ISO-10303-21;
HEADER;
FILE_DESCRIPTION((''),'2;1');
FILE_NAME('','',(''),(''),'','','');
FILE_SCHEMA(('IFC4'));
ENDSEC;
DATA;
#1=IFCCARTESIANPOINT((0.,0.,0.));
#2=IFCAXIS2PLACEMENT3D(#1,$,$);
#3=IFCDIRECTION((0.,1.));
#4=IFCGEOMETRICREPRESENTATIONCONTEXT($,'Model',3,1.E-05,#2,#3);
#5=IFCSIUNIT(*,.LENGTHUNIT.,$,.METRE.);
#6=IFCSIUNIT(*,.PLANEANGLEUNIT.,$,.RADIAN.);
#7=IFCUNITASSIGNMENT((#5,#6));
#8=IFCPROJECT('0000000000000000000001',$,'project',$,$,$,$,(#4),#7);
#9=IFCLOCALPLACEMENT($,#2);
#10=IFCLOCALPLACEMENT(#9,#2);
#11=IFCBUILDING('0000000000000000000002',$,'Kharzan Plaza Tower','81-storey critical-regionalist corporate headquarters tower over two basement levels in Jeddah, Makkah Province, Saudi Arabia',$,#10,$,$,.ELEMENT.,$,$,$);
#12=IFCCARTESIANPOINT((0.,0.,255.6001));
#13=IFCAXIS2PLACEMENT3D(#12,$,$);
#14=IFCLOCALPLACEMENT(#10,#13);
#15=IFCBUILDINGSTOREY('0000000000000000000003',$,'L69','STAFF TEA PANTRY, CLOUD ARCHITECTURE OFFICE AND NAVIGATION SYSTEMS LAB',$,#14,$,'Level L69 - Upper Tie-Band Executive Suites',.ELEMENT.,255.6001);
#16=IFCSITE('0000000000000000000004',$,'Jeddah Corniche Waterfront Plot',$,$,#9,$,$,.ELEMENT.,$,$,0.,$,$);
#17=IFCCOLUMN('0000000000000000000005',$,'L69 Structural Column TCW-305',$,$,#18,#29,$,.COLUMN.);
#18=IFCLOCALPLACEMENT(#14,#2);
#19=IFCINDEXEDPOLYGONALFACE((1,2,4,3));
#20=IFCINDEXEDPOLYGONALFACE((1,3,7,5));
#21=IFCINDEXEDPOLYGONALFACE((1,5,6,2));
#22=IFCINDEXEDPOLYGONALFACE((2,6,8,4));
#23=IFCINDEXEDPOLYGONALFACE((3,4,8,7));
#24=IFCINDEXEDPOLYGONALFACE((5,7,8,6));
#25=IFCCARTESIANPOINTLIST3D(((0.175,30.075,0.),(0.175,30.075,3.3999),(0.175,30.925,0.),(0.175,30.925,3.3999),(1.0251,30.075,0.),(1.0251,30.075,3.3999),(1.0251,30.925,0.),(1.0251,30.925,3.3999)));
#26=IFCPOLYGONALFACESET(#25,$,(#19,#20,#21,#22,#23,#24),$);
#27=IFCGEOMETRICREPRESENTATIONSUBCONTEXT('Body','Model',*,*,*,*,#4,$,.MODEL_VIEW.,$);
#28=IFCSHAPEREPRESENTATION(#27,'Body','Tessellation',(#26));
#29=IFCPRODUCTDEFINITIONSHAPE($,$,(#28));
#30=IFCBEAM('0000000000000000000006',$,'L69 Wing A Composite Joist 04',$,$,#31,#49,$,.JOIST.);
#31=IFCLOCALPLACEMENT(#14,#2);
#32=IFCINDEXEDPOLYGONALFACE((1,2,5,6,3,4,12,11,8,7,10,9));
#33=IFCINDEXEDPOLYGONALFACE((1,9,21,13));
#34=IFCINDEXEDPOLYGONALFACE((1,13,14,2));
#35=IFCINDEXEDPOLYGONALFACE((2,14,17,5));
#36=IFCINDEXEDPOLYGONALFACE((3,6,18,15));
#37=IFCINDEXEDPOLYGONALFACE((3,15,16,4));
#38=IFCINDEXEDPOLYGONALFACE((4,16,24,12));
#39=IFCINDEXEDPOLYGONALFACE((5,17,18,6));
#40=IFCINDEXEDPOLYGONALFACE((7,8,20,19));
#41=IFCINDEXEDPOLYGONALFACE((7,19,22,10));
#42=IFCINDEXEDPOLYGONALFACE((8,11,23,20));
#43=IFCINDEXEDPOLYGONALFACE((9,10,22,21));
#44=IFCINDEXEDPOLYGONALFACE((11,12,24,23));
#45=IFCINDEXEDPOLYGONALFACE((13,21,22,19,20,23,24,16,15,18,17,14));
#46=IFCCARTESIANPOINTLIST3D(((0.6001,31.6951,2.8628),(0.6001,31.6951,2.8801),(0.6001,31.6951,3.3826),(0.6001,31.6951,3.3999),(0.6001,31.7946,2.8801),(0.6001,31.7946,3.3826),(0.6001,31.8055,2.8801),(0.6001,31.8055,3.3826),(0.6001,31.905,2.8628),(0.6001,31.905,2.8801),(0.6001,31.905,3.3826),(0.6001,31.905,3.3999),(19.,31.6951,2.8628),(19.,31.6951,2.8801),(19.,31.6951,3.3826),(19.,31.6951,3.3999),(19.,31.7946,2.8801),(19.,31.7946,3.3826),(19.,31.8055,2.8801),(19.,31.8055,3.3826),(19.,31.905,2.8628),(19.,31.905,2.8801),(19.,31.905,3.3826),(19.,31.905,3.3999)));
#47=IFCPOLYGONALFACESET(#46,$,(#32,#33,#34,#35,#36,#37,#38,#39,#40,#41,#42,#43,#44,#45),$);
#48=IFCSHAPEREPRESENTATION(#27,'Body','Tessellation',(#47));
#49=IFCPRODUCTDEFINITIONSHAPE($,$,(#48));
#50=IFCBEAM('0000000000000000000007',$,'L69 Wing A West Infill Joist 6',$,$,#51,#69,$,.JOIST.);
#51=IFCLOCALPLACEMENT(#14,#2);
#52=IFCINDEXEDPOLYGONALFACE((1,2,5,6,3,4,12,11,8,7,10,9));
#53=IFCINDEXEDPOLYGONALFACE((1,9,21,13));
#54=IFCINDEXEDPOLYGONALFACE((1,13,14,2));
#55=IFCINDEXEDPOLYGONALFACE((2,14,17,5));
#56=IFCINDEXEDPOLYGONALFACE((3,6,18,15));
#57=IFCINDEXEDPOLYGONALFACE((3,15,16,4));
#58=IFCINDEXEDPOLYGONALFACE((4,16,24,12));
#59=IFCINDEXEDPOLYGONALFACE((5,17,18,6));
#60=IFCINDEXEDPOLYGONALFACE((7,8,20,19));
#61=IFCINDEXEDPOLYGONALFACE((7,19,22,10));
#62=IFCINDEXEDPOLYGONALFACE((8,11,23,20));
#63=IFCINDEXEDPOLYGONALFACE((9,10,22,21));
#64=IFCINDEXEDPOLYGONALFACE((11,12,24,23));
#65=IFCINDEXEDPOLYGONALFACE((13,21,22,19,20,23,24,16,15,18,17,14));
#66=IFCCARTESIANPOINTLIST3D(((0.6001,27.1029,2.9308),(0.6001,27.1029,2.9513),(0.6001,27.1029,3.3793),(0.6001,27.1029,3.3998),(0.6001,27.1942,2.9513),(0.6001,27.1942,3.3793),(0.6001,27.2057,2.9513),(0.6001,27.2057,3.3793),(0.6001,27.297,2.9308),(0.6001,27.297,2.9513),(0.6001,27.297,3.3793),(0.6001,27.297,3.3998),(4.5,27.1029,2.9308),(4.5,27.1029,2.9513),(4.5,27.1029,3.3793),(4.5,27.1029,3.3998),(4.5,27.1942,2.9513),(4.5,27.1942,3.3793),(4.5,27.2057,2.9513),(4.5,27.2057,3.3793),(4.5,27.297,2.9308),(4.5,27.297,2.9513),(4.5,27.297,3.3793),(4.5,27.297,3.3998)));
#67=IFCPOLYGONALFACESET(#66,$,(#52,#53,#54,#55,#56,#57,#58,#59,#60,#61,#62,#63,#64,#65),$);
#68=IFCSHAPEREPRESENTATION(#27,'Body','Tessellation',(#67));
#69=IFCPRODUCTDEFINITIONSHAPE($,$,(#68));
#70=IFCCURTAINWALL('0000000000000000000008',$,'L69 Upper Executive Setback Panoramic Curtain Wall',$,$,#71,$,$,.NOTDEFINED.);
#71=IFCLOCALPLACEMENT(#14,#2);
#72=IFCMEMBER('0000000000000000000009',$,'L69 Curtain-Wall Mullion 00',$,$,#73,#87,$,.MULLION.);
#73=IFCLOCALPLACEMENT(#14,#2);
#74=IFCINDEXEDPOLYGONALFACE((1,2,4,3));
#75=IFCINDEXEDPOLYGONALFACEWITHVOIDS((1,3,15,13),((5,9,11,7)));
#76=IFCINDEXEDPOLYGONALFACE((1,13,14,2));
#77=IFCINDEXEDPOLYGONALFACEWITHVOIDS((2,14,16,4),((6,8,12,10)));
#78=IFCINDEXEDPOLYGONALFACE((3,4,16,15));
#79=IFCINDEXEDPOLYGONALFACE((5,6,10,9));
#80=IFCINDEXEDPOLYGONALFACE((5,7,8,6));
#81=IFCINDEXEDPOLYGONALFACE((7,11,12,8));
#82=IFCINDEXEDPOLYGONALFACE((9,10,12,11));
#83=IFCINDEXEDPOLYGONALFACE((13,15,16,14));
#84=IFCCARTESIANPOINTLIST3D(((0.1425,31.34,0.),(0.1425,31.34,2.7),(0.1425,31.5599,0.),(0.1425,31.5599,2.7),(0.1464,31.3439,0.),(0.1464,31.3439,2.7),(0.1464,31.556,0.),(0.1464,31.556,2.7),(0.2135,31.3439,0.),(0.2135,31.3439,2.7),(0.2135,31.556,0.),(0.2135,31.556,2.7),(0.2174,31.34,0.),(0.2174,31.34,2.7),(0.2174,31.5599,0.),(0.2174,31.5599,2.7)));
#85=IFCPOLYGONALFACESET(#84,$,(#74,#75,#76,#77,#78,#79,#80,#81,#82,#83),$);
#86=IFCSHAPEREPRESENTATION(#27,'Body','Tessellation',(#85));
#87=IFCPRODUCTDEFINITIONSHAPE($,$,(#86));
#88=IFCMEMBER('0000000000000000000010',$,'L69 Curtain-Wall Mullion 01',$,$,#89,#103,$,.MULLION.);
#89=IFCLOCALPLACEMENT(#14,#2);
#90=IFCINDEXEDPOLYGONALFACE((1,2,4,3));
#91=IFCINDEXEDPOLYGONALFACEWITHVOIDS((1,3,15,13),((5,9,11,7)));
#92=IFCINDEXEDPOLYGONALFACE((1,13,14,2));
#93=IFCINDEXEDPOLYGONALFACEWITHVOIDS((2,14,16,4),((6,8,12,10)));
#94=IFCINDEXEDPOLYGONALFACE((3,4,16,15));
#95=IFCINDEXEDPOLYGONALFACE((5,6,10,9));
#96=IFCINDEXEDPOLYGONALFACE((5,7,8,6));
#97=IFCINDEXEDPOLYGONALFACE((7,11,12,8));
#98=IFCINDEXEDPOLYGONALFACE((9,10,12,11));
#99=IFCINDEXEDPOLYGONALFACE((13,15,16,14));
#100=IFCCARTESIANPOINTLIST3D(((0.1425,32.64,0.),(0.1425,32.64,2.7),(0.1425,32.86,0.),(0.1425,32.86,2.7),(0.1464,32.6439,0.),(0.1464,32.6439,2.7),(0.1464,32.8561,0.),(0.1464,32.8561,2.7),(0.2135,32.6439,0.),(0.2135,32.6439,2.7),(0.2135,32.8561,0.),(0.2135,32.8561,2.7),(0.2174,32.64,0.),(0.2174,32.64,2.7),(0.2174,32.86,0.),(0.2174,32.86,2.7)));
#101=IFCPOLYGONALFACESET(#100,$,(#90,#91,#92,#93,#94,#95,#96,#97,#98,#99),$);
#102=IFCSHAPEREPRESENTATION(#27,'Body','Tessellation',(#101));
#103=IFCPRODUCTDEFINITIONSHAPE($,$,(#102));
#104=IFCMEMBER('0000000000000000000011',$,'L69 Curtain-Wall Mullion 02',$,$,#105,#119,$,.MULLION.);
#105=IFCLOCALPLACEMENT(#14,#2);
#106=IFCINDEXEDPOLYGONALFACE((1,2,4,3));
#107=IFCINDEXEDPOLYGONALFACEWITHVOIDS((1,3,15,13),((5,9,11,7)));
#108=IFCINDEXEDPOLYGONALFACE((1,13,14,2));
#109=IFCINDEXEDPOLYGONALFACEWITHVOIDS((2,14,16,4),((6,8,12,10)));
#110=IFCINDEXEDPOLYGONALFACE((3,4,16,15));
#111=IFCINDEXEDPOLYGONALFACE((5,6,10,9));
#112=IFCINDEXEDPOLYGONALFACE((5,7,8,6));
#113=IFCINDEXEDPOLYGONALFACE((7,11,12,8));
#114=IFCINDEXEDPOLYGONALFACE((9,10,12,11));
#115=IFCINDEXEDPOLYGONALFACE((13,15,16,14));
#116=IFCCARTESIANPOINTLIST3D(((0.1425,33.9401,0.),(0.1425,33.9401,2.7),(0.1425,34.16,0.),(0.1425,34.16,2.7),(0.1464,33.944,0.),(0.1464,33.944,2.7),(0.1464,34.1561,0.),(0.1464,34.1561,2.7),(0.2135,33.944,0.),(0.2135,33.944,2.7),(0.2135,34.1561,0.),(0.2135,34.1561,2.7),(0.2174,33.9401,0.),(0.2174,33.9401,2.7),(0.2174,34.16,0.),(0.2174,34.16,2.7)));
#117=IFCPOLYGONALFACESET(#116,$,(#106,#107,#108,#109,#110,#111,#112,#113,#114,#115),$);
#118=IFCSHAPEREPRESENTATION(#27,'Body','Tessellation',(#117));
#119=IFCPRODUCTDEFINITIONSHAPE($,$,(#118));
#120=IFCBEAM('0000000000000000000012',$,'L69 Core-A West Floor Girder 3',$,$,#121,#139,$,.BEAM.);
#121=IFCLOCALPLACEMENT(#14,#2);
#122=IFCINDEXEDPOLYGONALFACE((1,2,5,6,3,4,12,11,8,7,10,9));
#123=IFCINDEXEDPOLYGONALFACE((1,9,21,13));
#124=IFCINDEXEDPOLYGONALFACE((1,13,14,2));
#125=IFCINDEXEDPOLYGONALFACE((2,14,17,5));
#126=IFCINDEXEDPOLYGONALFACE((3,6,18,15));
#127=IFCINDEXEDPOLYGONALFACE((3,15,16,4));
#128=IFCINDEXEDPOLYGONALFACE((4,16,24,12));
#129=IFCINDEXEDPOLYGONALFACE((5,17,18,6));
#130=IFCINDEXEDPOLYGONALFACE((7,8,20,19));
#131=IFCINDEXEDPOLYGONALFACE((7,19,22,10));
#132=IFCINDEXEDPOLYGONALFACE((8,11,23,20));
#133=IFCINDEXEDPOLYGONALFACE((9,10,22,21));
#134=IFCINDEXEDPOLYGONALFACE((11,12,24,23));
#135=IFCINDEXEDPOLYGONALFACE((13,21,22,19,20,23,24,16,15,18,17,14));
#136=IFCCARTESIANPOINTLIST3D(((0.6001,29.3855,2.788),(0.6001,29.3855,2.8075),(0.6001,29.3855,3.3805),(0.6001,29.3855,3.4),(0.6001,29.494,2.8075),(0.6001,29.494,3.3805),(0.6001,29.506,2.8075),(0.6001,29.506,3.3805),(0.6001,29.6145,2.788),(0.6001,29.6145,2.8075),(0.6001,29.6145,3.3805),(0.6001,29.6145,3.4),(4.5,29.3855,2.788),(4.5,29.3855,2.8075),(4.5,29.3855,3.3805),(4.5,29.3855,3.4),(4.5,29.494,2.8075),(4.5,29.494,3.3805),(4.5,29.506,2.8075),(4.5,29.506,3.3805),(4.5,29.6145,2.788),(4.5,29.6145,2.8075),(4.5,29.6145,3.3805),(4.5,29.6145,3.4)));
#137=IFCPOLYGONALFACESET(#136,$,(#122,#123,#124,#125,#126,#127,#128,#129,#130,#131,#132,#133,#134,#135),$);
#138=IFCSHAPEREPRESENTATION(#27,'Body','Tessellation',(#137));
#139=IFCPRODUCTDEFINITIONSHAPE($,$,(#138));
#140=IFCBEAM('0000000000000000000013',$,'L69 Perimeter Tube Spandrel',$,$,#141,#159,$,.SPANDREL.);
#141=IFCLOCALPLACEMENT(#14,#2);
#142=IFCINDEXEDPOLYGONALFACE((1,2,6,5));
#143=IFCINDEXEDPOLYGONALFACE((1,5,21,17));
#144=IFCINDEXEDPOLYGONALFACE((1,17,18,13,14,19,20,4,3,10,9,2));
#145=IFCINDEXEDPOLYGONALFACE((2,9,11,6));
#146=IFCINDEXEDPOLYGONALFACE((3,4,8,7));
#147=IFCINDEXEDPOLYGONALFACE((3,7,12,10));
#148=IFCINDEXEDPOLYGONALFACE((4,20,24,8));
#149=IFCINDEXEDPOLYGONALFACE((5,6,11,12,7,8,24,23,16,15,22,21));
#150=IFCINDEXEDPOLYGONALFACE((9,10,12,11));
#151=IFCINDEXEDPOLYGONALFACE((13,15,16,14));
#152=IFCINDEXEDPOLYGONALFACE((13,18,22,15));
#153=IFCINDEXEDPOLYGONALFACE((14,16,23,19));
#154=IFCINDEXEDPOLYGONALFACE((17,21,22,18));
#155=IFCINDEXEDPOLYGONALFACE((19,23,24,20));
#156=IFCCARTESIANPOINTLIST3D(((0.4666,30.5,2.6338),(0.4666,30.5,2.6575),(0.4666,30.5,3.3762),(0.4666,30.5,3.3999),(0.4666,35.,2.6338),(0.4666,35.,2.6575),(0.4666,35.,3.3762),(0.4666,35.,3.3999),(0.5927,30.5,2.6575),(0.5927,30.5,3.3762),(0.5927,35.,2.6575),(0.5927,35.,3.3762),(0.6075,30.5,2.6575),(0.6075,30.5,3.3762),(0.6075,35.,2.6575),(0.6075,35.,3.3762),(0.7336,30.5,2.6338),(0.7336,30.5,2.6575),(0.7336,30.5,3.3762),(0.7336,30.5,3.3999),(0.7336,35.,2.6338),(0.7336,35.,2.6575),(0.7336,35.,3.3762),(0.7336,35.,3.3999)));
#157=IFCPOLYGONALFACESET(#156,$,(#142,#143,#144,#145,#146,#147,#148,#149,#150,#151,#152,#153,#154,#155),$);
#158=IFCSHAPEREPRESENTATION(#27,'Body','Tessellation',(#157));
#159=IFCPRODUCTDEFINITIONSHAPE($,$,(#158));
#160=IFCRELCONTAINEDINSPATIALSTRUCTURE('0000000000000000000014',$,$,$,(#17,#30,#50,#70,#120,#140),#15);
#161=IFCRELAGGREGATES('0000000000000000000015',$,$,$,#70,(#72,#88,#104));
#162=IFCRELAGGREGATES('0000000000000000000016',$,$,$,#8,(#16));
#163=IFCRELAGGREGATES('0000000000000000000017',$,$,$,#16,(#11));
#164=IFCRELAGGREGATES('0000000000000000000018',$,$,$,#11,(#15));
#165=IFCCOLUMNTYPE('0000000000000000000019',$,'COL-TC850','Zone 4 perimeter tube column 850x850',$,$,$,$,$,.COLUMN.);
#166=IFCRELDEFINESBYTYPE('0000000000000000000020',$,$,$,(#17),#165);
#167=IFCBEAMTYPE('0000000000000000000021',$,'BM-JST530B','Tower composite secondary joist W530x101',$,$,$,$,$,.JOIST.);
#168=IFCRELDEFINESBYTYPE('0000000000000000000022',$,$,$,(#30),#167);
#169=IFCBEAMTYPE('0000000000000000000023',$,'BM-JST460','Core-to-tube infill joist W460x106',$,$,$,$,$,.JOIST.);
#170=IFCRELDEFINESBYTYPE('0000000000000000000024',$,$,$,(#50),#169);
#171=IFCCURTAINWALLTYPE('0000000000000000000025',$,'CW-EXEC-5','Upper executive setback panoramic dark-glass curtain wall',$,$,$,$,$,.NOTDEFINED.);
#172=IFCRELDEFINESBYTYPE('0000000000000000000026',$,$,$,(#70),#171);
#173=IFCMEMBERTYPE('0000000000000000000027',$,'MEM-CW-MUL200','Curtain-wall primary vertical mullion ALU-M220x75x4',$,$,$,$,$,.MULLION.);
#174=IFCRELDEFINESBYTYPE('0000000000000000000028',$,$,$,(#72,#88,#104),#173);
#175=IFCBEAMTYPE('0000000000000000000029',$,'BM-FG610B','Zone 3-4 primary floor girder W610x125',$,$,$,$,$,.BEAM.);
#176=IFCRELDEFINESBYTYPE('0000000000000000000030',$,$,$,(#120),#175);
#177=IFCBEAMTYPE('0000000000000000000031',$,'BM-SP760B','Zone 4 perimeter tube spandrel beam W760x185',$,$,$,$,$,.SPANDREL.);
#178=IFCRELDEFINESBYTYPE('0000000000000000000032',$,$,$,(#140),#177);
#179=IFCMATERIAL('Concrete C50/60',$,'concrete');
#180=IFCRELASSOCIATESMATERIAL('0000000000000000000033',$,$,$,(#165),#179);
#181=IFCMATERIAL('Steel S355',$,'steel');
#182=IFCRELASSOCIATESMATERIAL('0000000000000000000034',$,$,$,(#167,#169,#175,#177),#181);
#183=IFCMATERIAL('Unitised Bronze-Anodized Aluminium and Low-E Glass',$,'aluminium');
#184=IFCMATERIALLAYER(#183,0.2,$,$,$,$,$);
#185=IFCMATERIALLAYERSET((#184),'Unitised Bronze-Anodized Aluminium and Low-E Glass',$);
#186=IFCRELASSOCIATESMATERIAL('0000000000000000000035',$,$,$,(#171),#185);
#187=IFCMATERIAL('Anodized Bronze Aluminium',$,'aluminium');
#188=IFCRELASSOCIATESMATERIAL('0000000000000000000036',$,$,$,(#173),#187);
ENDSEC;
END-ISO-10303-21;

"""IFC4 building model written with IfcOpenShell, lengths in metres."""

from ifc_helpers import new_model, si_unit, direction, frame, origin, origin_2d, place, context, subcontext, project, spatial, rectangle, hollow_rectangle, i_section, extrude, source, transform, mapped, material, layer, layer_set, material_profile, profile_set, type_object, element, aggregate, save


model = new_model("IFC4")

# Units and contexts
model_context = context("Model", 3, precision=1e-05, world=origin(), true_north=direction((0.0, 1.0)))
body_context = subcontext(model_context, "Body", "Model", "MODEL_VIEW")
ifc_project = project(units=[si_unit("LENGTHUNIT", "METRE"), si_unit("PLANEANGLEUNIT", "RADIAN")], contexts=[model_context])

# Site, building, storey
site_placement = place(None, origin())
site = spatial("IfcSite", under=ifc_project, at=site_placement, Name="Jeddah Corniche Waterfront Plot", CompositionType="ELEMENT", RefElevation=0.0)
building_placement = place(site_placement, origin())
building = spatial("IfcBuilding", under=site, at=building_placement, Name="Kharzan Plaza Tower", Description="81-storey critical-regionalist corporate headquarters tower over two basement levels in Jeddah, Makkah Province, Saudi Arabia", CompositionType="ELEMENT")
storey_placement = place(building_placement, frame((0.0, 0.0, 255.6001)))
storey = spatial("IfcBuildingStorey", under=building, at=storey_placement, Name="L69", Description="STAFF TEA PANTRY, CLOUD ARCHITECTURE OFFICE AND NAVIGATION SYSTEMS LAB", LongName="Level L69 - Upper Tie-Band Executive Suites", CompositionType="ELEMENT", Elevation=255.6001)

# Column
ifc_material_1 = material(Name="Concrete C50/60", Category="concrete")
ifc_material_profile_1 = material_profile(ifc_material_1, rectangle(XDim=0.8501, YDim=0.8501, at=origin_2d()), Name="RC-TC850x850")
ifc_profile_set_1 = profile_set([ifc_material_profile_1], Name="Concrete C50/60")
column_type = type_object("IfcColumnType", Name="COL-TC850", Description="Zone 4 perimeter tube column 850x850", PredefinedType="COLUMN", material=ifc_profile_set_1)
shared_shape_1 = source(origin(), body_context, "Body", "SweptSolid", [
    extrude(rectangle(XDim=0.8501, YDim=0.8501, at=origin_2d()), origin(), (0.0, 0.0, 1.0), 3.3999),
])
column_placement = place(storey_placement, frame((0.6001, 30.5, 0.0), z_axis=(0.0, 0.0, 1.0), x_axis=(1.0, 0.0, 0.0)))
element("IfcColumn", 1, at=column_placement, inside=storey, type_object=column_type, Name="L69 Structural Column TCW-305", PredefinedType="COLUMN", context=body_context, shape_type="MappedRepresentation", body=[
    mapped(shared_shape_1, transform((0.0, 0.0, 0.0), x_axis=(1.0, 0.0, 0.0), y_axis=(0.0, 1.0, 0.0), z_axis=(0.0, 0.0, 1.0))),
])

# Beams
ifc_material_2 = material(Name="Steel S355", Category="steel")
ifc_material_profile_2 = material_profile(ifc_material_2, i_section(OverallWidth=0.21, OverallDepth=0.5371, WebThickness=0.011, FlangeThickness=0.0173, at=origin_2d()), Name="W530x101")
ifc_profile_set_2 = profile_set([ifc_material_profile_2], Name="Steel S355")
beam_type_1 = type_object("IfcBeamType", Name="BM-JST530B", Description="Tower composite secondary joist W530x101", PredefinedType="JOIST", material=ifc_profile_set_2)
shared_shape_2 = source(origin(), body_context, "Body", "SweptSolid", [
    extrude(i_section(OverallWidth=0.21, OverallDepth=0.5371, WebThickness=0.011, FlangeThickness=0.0173, at=origin_2d()), origin(), (0.0, 0.0, 1.0), 18.3999),
])
beam_1_placement = place(storey_placement, frame((0.6001, 31.8, 3.1313), z_axis=(1.0, 0.0, 0.0), x_axis=(0.0, 1.0, 0.0)))
element("IfcBeam", 2, at=beam_1_placement, inside=storey, type_object=beam_type_1, Name="L69 Wing A Composite Joist 04", PredefinedType="JOIST", context=body_context, shape_type="MappedRepresentation", body=[
    mapped(shared_shape_2, transform((0.0, 0.0, 0.0), x_axis=(1.0, 0.0, 0.0), y_axis=(0.0, 1.0, 0.0), z_axis=(0.0, 0.0, 1.0))),
])
ifc_material_profile_3 = material_profile(ifc_material_2, i_section(OverallWidth=0.1941, OverallDepth=0.469, WebThickness=0.0115, FlangeThickness=0.0205, at=origin_2d()), Name="W460x106")
ifc_profile_set_3 = profile_set([ifc_material_profile_3], Name="Steel S355")
beam_type_2 = type_object("IfcBeamType", Name="BM-JST460", Description="Core-to-tube infill joist W460x106", PredefinedType="JOIST", material=ifc_profile_set_3)
shared_shape_3 = source(origin(), body_context, "Body", "SweptSolid", [
    extrude(i_section(OverallWidth=0.1941, OverallDepth=0.469, WebThickness=0.0115, FlangeThickness=0.0205, at=origin_2d()), origin(), (0.0, 0.0, 1.0), 3.8999),
])
beam_2_placement = place(storey_placement, frame((0.6001, 27.2, 3.1653), z_axis=(1.0, 0.0, 0.0), x_axis=(0.0, 1.0, 0.0)))
element("IfcBeam", 3, at=beam_2_placement, inside=storey, type_object=beam_type_2, Name="L69 Wing A West Infill Joist 6", PredefinedType="JOIST", context=body_context, shape_type="MappedRepresentation", body=[
    mapped(shared_shape_3, transform((0.0, 0.0, 0.0), x_axis=(1.0, 0.0, 0.0), y_axis=(0.0, 1.0, 0.0), z_axis=(0.0, 0.0, 1.0))),
])

# Curtain wall, members
ifc_material_3 = material(Name="Unitised Bronze-Anodized Aluminium and Low-E Glass", Category="aluminium")
ifc_layer_1 = layer(ifc_material_3, 0.2)
ifc_layer_set_1 = layer_set([ifc_layer_1], Name="Unitised Bronze-Anodized Aluminium and Low-E Glass")
curtain_wall_type = type_object("IfcCurtainWallType", Name="CW-EXEC-5", Description="Upper executive setback panoramic dark-glass curtain wall", PredefinedType="NOTDEFINED", material=ifc_layer_set_1)
curtain_wall_placement = place(storey_placement, origin())
curtain_wall = element("IfcCurtainWall", 4, at=curtain_wall_placement, inside=storey, type_object=curtain_wall_type, Name="L69 Upper Executive Setback Panoramic Curtain Wall", PredefinedType="NOTDEFINED")
ifc_material_4 = material(Name="Anodized Bronze Aluminium", Category="aluminium")
ifc_material_profile_4 = material_profile(ifc_material_4, hollow_rectangle(XDim=0.075, YDim=0.22, WallThickness=0.0039, at=origin_2d()), Name="ALU-M220x75x4")
ifc_profile_set_4 = profile_set([ifc_material_profile_4], Name="Anodized Bronze Aluminium")
member_type_1 = type_object("IfcMemberType", Name="MEM-CW-MUL200", Description="Curtain-wall primary vertical mullion ALU-M220x75x4", PredefinedType="MULLION", material=ifc_profile_set_4)
shared_shape_4 = source(origin(), body_context, "Body", "SweptSolid", [
    extrude(hollow_rectangle(XDim=0.075, YDim=0.22, WallThickness=0.0039, at=origin_2d()), origin(), (0.0, 0.0, 1.0), 2.7),
])
member_1_placement = place(storey_placement, frame((0.1799, 31.45, 0.0), z_axis=(0.0, 0.0, 1.0), x_axis=(1.0, 0.0, 0.0)))
member_1 = element("IfcMember", 5, at=member_1_placement, type_object=member_type_1, Name="L69 Curtain-Wall Mullion 00", PredefinedType="MULLION", context=body_context, shape_type="MappedRepresentation", body=[
    mapped(shared_shape_4, transform((0.0, 0.0, 0.0), x_axis=(1.0, 0.0, 0.0), y_axis=(0.0, 1.0, 0.0), z_axis=(0.0, 0.0, 1.0))),
])
member_2_placement = place(storey_placement, frame((0.1799, 32.75, 0.0), z_axis=(0.0, 0.0, 1.0), x_axis=(1.0, 0.0, 0.0)))
member_2 = element("IfcMember", 6, at=member_2_placement, type_object=member_type_1, Name="L69 Curtain-Wall Mullion 01", PredefinedType="MULLION", context=body_context, shape_type="MappedRepresentation", body=[
    mapped(shared_shape_4, transform((0.0, 0.0, 0.0), x_axis=(1.0, 0.0, 0.0), y_axis=(0.0, 1.0, 0.0), z_axis=(0.0, 0.0, 1.0))),
])
member_3_placement = place(storey_placement, frame((0.1799, 34.05, 0.0), z_axis=(0.0, 0.0, 1.0), x_axis=(1.0, 0.0, 0.0)))
member_3 = element("IfcMember", 7, at=member_3_placement, type_object=member_type_1, Name="L69 Curtain-Wall Mullion 02", PredefinedType="MULLION", context=body_context, shape_type="MappedRepresentation", body=[
    mapped(shared_shape_4, transform((0.0, 0.0, 0.0), x_axis=(1.0, 0.0, 0.0), y_axis=(0.0, 1.0, 0.0), z_axis=(0.0, 0.0, 1.0))),
])

# Beams
ifc_material_profile_5 = material_profile(ifc_material_2, i_section(OverallWidth=0.229, OverallDepth=0.6121, WebThickness=0.012, FlangeThickness=0.0195, at=origin_2d()), Name="W610x125")
ifc_profile_set_5 = profile_set([ifc_material_profile_5], Name="Steel S355")
beam_type_3 = type_object("IfcBeamType", Name="BM-FG610B", Description="Zone 3-4 primary floor girder W610x125", PredefinedType="BEAM", material=ifc_profile_set_5)
shared_shape_5 = source(origin(), body_context, "Body", "SweptSolid", [
    extrude(i_section(OverallWidth=0.229, OverallDepth=0.6121, WebThickness=0.012, FlangeThickness=0.0195, at=origin_2d()), origin(), (0.0, 0.0, 1.0), 3.8999),
])
beam_3_placement = place(storey_placement, frame((0.6001, 29.5, 3.094), z_axis=(1.0, 0.0, 0.0), x_axis=(0.0, 1.0, 0.0)))
element("IfcBeam", 8, at=beam_3_placement, inside=storey, type_object=beam_type_3, Name="L69 Core-A West Floor Girder 3", PredefinedType="BEAM", context=body_context, shape_type="MappedRepresentation", body=[
    mapped(shared_shape_5, transform((0.0, 0.0, 0.0), x_axis=(1.0, 0.0, 0.0), y_axis=(0.0, 1.0, 0.0), z_axis=(0.0, 0.0, 1.0))),
])
ifc_material_profile_6 = material_profile(ifc_material_2, i_section(OverallWidth=0.2671, OverallDepth=0.7661, WebThickness=0.0149, FlangeThickness=0.0237, at=origin_2d()), Name="W760x185")
ifc_profile_set_6 = profile_set([ifc_material_profile_6], Name="Steel S355")
beam_type_4 = type_object("IfcBeamType", Name="BM-SP760B", Description="Zone 4 perimeter tube spandrel beam W760x185", PredefinedType="SPANDREL", material=ifc_profile_set_6)
shared_shape_6 = source(origin(), body_context, "Body", "SweptSolid", [
    extrude(i_section(OverallWidth=0.2671, OverallDepth=0.7661, WebThickness=0.0149, FlangeThickness=0.0237, at=origin_2d()), origin(), (0.0, 0.0, 1.0), 4.5),
])
beam_4_placement = place(storey_placement, frame((0.6001, 30.5, 3.0168), z_axis=(0.0, 1.0, 0.0), x_axis=(-1.0, 0.0, 0.0)))
element("IfcBeam", 9, at=beam_4_placement, inside=storey, type_object=beam_type_4, Name="L69 Perimeter Tube Spandrel", PredefinedType="SPANDREL", context=body_context, shape_type="MappedRepresentation", body=[
    mapped(shared_shape_6, transform((0.0, 0.0, 0.0), x_axis=(1.0, 0.0, 0.0), y_axis=(0.0, 1.0, 0.0), z_axis=(0.0, 0.0, 1.0))),
])

aggregate(curtain_wall, [member_1, member_2, member_3])

save(model, "model.ifc")
